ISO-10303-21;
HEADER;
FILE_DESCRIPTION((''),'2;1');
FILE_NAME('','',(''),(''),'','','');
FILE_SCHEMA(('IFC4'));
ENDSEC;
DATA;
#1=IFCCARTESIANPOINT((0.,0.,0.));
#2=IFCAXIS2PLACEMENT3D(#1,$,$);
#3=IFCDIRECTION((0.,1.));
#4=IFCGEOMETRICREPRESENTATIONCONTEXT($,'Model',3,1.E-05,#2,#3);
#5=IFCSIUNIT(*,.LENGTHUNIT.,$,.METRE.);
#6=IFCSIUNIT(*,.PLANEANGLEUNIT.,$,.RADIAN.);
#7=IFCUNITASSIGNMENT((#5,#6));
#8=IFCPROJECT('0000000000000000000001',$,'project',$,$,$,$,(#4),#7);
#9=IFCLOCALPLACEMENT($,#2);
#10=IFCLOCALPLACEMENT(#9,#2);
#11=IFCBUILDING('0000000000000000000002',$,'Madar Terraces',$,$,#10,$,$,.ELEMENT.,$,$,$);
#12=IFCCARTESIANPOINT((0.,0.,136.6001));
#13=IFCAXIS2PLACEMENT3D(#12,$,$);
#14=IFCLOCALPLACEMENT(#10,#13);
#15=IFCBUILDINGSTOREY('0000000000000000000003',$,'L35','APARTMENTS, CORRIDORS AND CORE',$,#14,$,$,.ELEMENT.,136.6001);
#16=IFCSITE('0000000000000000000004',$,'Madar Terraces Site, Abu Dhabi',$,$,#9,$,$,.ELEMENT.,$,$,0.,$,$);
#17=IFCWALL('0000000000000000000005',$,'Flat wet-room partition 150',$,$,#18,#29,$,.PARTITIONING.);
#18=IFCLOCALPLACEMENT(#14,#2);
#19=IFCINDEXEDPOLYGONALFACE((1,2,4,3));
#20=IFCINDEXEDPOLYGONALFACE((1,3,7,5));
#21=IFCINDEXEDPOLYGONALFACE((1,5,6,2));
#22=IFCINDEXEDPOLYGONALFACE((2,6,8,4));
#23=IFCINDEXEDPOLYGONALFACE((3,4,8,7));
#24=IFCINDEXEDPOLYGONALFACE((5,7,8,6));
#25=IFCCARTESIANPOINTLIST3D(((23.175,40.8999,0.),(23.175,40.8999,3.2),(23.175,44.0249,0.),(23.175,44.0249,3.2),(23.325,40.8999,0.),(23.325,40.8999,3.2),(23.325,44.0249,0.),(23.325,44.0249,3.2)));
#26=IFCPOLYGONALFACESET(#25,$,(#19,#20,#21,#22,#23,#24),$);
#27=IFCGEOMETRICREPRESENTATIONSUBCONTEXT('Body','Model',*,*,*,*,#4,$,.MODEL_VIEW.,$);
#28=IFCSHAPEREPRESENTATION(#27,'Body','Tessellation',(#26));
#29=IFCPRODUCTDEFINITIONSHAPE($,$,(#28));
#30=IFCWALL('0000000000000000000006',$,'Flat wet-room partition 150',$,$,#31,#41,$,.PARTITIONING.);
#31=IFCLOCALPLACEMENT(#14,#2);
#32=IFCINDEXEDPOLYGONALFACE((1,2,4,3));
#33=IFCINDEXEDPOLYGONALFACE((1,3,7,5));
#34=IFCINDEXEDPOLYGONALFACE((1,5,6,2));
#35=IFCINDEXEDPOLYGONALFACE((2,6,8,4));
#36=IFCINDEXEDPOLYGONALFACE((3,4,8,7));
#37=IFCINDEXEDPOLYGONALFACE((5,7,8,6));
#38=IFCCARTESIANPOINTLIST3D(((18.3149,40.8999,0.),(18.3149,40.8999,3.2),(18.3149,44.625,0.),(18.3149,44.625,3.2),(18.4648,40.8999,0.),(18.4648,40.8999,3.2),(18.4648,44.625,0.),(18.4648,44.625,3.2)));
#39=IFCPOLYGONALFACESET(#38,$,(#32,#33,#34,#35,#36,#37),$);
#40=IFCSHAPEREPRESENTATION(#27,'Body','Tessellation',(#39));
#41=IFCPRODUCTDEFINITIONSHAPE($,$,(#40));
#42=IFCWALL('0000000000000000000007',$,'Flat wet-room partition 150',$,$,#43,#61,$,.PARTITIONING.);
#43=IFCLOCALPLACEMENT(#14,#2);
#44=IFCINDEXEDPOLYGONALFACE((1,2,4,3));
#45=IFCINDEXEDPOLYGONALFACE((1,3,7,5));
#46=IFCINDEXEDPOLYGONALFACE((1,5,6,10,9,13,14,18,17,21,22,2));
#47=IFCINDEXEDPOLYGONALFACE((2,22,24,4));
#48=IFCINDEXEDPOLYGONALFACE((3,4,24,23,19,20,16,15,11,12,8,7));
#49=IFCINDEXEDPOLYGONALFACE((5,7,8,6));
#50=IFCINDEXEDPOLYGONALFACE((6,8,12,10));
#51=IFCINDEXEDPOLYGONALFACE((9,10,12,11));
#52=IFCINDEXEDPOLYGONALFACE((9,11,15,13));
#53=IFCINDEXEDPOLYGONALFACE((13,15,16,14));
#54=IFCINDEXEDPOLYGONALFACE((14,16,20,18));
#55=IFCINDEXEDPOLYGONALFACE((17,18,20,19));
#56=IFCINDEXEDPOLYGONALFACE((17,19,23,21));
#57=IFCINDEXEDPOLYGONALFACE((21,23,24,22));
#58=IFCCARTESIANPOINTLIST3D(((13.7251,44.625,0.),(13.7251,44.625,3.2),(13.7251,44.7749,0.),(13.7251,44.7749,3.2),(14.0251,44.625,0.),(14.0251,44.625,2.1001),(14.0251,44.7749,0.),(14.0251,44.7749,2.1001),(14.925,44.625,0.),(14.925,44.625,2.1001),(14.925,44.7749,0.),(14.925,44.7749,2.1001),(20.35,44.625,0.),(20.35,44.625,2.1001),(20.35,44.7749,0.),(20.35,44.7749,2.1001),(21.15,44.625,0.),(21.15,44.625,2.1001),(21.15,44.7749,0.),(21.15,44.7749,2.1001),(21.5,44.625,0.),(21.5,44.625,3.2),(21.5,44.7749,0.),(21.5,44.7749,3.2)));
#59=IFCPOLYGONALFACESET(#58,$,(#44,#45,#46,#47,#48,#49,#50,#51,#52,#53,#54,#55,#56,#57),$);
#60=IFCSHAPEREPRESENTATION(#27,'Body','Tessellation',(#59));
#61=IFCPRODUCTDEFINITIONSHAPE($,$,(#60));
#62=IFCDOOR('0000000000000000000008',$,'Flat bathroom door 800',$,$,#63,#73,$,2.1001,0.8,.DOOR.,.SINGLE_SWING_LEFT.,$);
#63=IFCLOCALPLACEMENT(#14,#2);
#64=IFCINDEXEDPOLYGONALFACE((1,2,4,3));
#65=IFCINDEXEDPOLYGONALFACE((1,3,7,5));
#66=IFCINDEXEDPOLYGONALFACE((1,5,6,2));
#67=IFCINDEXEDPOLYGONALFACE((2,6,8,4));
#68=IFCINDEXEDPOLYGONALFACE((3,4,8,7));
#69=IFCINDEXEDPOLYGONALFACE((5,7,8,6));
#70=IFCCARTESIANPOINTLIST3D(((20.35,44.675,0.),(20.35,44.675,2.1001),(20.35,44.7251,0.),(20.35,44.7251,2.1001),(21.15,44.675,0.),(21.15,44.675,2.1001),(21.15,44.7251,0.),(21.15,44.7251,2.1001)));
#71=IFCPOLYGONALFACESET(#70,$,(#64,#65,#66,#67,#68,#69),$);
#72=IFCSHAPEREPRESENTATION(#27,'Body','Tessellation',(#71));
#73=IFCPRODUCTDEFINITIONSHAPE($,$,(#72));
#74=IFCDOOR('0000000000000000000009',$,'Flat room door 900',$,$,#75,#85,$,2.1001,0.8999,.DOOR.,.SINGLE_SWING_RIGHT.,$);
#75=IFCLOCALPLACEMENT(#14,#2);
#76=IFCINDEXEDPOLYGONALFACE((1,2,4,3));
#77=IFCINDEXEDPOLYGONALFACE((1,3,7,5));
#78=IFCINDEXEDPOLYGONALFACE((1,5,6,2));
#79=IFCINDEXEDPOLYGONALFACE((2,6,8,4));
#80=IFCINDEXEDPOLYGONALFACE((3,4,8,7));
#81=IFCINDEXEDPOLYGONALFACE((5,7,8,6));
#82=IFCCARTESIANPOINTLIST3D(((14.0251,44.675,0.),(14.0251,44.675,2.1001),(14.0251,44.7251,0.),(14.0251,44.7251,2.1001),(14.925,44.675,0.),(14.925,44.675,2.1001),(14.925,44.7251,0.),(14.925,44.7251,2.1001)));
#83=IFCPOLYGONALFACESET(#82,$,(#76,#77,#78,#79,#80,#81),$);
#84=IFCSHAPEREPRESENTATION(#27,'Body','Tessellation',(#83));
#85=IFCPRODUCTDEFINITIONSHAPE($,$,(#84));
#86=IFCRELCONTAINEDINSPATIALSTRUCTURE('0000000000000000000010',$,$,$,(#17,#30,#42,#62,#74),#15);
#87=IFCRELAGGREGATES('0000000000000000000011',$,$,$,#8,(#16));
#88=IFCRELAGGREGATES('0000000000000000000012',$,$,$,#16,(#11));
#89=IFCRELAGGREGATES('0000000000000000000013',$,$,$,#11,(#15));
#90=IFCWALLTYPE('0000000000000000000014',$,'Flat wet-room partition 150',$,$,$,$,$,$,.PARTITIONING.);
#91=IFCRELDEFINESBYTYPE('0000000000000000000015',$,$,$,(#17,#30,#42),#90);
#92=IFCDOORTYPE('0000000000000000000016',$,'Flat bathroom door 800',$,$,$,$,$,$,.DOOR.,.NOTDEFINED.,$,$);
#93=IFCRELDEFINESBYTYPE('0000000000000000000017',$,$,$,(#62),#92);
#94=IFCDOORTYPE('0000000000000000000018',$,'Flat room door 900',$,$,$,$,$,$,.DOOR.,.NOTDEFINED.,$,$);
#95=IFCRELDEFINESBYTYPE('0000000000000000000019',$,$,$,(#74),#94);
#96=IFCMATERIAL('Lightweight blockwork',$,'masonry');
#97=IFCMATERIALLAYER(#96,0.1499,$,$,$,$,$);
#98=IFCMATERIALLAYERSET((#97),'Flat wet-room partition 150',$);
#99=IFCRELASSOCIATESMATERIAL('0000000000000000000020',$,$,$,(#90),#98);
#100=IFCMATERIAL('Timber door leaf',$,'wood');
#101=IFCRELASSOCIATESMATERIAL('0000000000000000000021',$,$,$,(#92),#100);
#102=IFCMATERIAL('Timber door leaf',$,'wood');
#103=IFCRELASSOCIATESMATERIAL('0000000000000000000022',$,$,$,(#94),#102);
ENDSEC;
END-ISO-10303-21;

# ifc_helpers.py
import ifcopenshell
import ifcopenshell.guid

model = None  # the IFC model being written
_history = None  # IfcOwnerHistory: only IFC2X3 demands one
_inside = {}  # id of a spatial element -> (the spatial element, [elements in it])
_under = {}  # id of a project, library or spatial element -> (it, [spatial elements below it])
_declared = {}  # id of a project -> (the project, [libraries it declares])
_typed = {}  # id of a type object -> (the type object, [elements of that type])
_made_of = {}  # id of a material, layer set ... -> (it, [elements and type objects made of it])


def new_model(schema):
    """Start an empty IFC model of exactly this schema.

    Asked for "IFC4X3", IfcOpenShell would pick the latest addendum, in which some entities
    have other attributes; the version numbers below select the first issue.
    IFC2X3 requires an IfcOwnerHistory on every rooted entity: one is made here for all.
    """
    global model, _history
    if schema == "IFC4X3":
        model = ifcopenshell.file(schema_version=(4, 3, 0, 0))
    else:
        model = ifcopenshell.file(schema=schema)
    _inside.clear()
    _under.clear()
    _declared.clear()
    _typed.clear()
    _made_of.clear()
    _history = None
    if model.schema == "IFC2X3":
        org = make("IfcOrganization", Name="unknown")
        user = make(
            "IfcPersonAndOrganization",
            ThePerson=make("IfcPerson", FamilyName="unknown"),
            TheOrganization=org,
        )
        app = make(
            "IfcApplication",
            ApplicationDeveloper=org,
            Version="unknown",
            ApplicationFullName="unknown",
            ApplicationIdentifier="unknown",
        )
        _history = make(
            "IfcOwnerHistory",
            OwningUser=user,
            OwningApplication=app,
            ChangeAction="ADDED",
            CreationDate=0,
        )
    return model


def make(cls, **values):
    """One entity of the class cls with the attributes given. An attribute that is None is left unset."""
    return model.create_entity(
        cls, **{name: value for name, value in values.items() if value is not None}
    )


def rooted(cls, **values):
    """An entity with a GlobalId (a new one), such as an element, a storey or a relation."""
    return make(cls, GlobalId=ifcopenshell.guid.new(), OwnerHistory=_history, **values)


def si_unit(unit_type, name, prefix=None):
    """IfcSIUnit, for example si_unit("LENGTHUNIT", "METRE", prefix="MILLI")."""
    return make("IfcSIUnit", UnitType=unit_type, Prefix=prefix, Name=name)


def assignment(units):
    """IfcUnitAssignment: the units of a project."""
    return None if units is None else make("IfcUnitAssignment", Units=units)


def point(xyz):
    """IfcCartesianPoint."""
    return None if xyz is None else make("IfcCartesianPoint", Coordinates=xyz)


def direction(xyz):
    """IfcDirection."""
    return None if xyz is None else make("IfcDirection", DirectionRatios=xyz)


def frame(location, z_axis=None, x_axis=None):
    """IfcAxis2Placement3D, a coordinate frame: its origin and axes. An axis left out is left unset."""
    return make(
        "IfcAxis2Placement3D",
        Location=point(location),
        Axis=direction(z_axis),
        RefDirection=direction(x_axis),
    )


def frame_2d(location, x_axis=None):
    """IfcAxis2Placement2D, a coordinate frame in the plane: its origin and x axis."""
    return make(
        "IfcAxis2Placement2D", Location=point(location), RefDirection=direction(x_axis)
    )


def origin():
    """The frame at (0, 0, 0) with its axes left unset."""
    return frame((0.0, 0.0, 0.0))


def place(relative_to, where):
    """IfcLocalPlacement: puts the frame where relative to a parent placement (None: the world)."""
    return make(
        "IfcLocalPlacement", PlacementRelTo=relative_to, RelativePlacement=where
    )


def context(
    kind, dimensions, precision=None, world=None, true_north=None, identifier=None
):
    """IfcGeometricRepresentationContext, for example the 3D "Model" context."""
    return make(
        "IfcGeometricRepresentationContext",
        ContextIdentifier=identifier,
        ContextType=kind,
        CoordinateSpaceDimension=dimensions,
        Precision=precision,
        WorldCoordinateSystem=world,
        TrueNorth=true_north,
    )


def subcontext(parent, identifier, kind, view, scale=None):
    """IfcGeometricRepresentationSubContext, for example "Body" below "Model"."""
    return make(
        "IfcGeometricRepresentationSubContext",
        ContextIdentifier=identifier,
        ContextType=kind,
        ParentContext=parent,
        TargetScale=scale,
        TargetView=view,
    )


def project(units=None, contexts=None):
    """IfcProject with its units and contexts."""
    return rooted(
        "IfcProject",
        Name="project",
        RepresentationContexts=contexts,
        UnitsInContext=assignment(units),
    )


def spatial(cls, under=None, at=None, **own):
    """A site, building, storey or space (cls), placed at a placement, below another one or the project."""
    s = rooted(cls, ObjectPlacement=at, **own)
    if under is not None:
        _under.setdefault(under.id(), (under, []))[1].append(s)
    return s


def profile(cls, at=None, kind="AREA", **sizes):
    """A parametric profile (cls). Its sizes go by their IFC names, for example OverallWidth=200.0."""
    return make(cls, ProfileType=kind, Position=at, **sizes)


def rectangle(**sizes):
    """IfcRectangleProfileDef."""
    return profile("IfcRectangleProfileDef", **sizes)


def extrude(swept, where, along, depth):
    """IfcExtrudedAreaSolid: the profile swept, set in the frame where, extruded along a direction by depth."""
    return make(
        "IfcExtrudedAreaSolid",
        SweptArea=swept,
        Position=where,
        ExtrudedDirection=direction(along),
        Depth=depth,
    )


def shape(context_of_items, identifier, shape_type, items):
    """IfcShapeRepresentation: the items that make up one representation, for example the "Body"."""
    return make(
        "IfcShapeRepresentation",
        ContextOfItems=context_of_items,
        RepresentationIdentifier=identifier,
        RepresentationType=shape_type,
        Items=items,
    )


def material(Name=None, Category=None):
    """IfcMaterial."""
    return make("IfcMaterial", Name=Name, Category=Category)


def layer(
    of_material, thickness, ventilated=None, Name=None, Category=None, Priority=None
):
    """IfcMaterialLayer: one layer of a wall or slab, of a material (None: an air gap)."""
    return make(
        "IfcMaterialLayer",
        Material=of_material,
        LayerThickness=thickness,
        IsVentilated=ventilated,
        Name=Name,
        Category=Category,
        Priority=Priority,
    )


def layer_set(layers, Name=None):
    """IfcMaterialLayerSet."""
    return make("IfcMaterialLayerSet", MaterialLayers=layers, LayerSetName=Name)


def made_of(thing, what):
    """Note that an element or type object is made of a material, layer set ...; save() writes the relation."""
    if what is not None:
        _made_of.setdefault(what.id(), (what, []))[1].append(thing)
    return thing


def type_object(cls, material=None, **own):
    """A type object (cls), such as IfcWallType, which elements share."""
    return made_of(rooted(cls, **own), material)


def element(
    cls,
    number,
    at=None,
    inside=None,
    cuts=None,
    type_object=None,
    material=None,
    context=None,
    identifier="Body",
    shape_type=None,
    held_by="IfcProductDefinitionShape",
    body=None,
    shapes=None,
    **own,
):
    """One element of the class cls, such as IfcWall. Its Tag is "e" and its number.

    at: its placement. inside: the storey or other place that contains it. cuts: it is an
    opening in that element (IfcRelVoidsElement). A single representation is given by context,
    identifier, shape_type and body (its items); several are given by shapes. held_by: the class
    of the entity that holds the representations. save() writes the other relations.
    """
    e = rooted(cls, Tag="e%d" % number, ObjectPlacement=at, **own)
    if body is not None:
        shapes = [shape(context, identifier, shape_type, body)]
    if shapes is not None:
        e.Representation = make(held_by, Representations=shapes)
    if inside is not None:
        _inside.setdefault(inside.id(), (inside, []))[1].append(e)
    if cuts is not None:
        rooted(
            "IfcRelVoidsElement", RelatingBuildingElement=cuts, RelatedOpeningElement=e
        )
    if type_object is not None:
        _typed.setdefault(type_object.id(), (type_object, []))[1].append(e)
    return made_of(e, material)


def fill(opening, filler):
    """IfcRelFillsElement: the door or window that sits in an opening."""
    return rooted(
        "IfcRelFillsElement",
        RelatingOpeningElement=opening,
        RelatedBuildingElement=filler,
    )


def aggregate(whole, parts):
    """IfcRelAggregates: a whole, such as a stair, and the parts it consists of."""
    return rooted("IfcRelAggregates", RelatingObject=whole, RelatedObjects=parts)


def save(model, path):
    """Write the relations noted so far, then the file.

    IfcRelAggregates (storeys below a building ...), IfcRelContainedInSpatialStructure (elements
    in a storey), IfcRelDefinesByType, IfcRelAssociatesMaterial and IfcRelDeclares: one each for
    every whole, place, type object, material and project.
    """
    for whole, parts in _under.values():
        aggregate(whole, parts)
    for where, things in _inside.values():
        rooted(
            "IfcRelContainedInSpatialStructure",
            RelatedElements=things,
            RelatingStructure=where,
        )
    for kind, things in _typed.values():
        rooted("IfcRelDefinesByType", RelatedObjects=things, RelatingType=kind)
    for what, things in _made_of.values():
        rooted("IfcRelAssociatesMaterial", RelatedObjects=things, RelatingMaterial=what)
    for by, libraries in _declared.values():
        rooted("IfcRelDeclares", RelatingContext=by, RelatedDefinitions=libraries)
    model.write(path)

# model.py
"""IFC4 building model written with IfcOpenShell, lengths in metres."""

from ifc_helpers import new_model, si_unit, direction, frame, frame_2d, origin, place, context, subcontext, project, spatial, rectangle, extrude, material, layer, layer_set, type_object, element, fill, save


model = new_model("IFC4")

# Units and contexts
model_context = context("Model", 3, precision=1e-05, world=origin(), true_north=direction((0.0, 1.0)))
body_context = subcontext(model_context, "Body", "Model", "MODEL_VIEW")
ifc_project = project(units=[si_unit("LENGTHUNIT", "METRE"), si_unit("PLANEANGLEUNIT", "RADIAN")], contexts=[model_context])

# Site, building, storey
site_placement = place(None, origin())
site = spatial("IfcSite", under=ifc_project, at=site_placement, Name="Madar Terraces Site, Abu Dhabi", CompositionType="ELEMENT", RefElevation=0.0)
building_placement = place(site_placement, origin())
building = spatial("IfcBuilding", under=site, at=building_placement, Name="Madar Terraces", CompositionType="ELEMENT")
storey_placement = place(building_placement, frame((0.0, 0.0, 136.6001)))
storey = spatial("IfcBuildingStorey", under=building, at=storey_placement, Name="L35", Description="APARTMENTS, CORRIDORS AND CORE", CompositionType="ELEMENT", Elevation=136.6001)

# Walls
ifc_material_1 = material(Name="Lightweight blockwork", Category="masonry")
ifc_layer_1 = layer(ifc_material_1, 0.1499)
ifc_layer_set_1 = layer_set([ifc_layer_1], Name="Flat wet-room partition 150")
wall_type_1 = type_object("IfcWallType", Name="Flat wet-room partition 150", PredefinedType="PARTITIONING", material=ifc_layer_set_1)
wall_1_placement = place(storey_placement, frame((23.25, 40.8999, 0.0), z_axis=(0.0, 0.0, 1.0), x_axis=(0.0, 1.0, 0.0)))
element("IfcWall", 1, at=wall_1_placement, inside=storey, type_object=wall_type_1, Name="Flat wet-room partition 150", PredefinedType="PARTITIONING", context=body_context, shape_type="SweptSolid", body=[
    extrude(rectangle(XDim=3.125, YDim=0.1499, at=frame_2d((1.5625, 0.0))), origin(), (0.0, 0.0, 1.0), 3.2),
])
wall_2_placement = place(storey_placement, frame((18.3899, 40.8999, 0.0), z_axis=(0.0, 0.0, 1.0), x_axis=(0.0, 1.0, 0.0)))
element("IfcWall", 2, at=wall_2_placement, inside=storey, type_object=wall_type_1, Name="Flat wet-room partition 150", PredefinedType="PARTITIONING", context=body_context, shape_type="SweptSolid", body=[
    extrude(rectangle(XDim=3.7251, YDim=0.1499, at=frame_2d((1.8625, 0.0))), origin(), (0.0, 0.0, 1.0), 3.2),
])

# Wall, openings, doors
wall_3_placement = place(storey_placement, frame((21.5, 44.7, 0.0), z_axis=(0.0, 0.0, 1.0), x_axis=(-1.0, 0.0, 0.0)))
wall_3 = element("IfcWall", 3, at=wall_3_placement, inside=storey, type_object=wall_type_1, Name="Flat wet-room partition 150", PredefinedType="PARTITIONING", context=body_context, shape_type="SweptSolid", body=[
    extrude(rectangle(XDim=7.7749, YDim=0.1499, at=frame_2d((3.8875, 0.0))), origin(), (0.0, 0.0, 1.0), 3.2),
])
opening_1_placement = place(wall_3_placement, frame((6.575, 0.0, 0.0)))
opening_1 = element("IfcOpeningElement", 4, at=opening_1_placement, cuts=wall_3, PredefinedType="OPENING", context=body_context, shape_type="SweptSolid", body=[
    extrude(rectangle(XDim=0.8999, YDim=2.1001, at=frame_2d((0.45, 1.05))), frame((0.0, 0.085, 0.0), z_axis=(0.0, -1.0, 0.0), x_axis=(1.0, 0.0, 0.0)), (0.0, 0.0, 1.0), 0.1699),
])
opening_2_placement = place(wall_3_placement, frame((0.3501, 0.0, 0.0)))
opening_2 = element("IfcOpeningElement", 5, at=opening_2_placement, cuts=wall_3, PredefinedType="OPENING", context=body_context, shape_type="SweptSolid", body=[
    extrude(rectangle(XDim=0.8, YDim=2.1001, at=frame_2d((0.3999, 1.05))), frame((0.0, 0.085, 0.0), z_axis=(0.0, -1.0, 0.0), x_axis=(1.0, 0.0, 0.0)), (0.0, 0.0, 1.0), 0.1699),
])
ifc_material_2 = material(Name="Timber door leaf", Category="wood")
door_type_1 = type_object("IfcDoorType", Name="Flat bathroom door 800", OperationType="NOTDEFINED", PredefinedType="DOOR", material=ifc_material_2)
door_1_placement = place(opening_2_placement, origin())
door_1 = element("IfcDoor", 6, at=door_1_placement, inside=storey, type_object=door_type_1, Name="Flat bathroom door 800", OperationType="SINGLE_SWING_LEFT", OverallHeight=2.1001, OverallWidth=0.8, PredefinedType="DOOR", context=body_context, shape_type="SweptSolid", body=[
    extrude(rectangle(XDim=0.8, YDim=2.1001, at=frame_2d((0.3999, 1.05))), frame((0.0, 0.0249, 0.0), z_axis=(0.0, -1.0, 0.0), x_axis=(1.0, 0.0, 0.0)), (0.0, 0.0, 1.0), 0.05),
])
fill(opening_2, door_1)
ifc_material_3 = material(Name="Timber door leaf", Category="wood")
door_type_2 = type_object("IfcDoorType", Name="Flat room door 900", OperationType="NOTDEFINED", PredefinedType="DOOR", material=ifc_material_3)
door_2_placement = place(opening_1_placement, origin())
door_2 = element("IfcDoor", 7, at=door_2_placement, inside=storey, type_object=door_type_2, Name="Flat room door 900", OperationType="SINGLE_SWING_RIGHT", OverallHeight=2.1001, OverallWidth=0.8999, PredefinedType="DOOR", context=body_context, shape_type="SweptSolid", body=[
    extrude(rectangle(XDim=0.8999, YDim=2.1001, at=frame_2d((0.45, 1.05))), frame((0.0, 0.0249, 0.0), z_axis=(0.0, -1.0, 0.0), x_axis=(1.0, 0.0, 0.0)), (0.0, 0.0, 1.0), 0.05),
])
fill(opening_1, door_2)

save(model, "model.ifc")
